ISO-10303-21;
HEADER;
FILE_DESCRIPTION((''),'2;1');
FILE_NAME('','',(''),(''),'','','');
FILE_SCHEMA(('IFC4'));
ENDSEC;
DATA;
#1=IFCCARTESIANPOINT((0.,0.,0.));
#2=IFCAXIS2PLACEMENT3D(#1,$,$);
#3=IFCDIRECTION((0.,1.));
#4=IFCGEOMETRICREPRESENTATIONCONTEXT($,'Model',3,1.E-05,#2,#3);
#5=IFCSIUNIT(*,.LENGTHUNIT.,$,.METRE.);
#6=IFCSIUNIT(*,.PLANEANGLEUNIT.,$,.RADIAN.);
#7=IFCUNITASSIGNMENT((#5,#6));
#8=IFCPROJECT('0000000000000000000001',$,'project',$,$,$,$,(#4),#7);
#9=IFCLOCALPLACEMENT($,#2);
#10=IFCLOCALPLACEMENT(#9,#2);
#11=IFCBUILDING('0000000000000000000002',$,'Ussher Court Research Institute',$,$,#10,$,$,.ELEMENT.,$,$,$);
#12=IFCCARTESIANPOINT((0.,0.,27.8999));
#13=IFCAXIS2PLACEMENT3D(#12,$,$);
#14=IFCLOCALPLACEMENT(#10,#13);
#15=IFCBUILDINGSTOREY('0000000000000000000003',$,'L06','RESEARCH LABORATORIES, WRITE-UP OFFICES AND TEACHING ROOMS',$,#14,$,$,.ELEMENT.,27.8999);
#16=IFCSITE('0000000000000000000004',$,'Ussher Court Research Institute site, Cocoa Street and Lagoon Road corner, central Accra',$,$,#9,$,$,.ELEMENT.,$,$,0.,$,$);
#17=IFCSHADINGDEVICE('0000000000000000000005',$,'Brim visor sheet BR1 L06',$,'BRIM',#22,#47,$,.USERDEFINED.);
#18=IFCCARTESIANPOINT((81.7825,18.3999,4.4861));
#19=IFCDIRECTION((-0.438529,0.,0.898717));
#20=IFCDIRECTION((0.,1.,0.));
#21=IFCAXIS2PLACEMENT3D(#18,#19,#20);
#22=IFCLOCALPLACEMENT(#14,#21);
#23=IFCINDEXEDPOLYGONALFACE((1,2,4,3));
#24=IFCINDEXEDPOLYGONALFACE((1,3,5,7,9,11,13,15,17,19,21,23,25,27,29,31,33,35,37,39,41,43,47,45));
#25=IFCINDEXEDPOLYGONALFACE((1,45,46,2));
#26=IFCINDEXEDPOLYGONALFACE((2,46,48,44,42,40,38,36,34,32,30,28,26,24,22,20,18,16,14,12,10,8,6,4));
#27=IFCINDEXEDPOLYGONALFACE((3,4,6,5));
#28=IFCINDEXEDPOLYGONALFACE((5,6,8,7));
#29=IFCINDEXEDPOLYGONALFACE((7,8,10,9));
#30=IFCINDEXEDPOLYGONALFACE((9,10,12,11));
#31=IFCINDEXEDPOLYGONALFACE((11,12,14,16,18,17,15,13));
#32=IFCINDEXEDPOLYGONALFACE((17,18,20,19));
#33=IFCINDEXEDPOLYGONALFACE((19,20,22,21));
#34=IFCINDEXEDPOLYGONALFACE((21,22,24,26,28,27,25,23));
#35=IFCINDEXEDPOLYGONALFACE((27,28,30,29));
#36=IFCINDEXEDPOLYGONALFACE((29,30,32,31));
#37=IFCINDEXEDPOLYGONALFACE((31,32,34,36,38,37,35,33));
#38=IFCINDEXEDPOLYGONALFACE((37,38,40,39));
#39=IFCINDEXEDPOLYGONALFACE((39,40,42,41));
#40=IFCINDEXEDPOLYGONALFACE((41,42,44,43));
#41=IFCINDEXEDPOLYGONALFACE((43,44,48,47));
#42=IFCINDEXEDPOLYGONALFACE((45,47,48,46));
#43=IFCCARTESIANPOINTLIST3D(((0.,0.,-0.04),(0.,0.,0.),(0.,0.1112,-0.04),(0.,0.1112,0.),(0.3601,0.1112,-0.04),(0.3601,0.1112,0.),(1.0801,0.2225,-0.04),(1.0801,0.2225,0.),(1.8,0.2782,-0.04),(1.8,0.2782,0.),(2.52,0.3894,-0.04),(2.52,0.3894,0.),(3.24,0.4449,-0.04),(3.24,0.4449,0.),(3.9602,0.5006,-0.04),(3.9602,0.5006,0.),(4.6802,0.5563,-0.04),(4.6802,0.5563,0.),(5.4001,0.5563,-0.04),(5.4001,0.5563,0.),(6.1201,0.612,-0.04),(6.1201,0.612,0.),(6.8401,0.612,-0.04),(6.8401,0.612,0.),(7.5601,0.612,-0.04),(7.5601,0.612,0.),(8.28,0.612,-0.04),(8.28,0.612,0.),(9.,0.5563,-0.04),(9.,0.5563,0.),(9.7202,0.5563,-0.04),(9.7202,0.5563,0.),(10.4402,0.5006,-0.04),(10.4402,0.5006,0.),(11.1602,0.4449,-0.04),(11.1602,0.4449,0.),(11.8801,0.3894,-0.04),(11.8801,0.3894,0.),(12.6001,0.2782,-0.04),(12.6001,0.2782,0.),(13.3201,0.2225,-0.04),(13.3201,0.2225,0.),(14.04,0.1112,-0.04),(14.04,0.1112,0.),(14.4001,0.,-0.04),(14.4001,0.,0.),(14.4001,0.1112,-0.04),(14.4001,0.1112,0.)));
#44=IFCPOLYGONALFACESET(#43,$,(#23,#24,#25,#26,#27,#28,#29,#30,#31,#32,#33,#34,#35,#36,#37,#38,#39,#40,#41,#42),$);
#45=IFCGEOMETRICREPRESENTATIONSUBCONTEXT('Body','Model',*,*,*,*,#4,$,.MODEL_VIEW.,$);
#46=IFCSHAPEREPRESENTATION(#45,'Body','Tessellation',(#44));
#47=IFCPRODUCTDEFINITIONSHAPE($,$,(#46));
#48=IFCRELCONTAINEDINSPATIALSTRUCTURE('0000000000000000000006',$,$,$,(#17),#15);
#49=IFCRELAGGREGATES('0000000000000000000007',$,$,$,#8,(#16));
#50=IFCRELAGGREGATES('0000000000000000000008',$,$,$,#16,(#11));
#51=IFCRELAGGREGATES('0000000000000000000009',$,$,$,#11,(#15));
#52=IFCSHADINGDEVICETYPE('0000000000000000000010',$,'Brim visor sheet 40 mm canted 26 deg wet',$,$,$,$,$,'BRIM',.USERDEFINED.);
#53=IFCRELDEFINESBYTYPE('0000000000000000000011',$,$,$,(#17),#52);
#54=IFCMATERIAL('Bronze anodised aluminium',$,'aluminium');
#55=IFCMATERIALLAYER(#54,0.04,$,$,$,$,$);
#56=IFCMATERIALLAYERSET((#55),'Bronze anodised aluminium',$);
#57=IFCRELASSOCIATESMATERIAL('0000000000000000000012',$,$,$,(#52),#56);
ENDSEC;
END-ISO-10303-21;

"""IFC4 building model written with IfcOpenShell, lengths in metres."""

from ifc_helpers import new_model, si_unit, direction, frame, origin, place, context, subcontext, project, spatial, polyline, outline, extrude, material, layer, layer_set, type_object, element, save


model = new_model("IFC4")

# Units and contexts
model_context = context("Model", 3, precision=1e-05, world=origin(), true_north=direction((0.0, 1.0)))
body_context = subcontext(model_context, "Body", "Model", "MODEL_VIEW")
ifc_project = project(units=[si_unit("LENGTHUNIT", "METRE"), si_unit("PLANEANGLEUNIT", "RADIAN")], contexts=[model_context])

# Site, building, storey
site_placement = place(None, origin())
site = spatial("IfcSite", under=ifc_project, at=site_placement, Name="Ussher Court Research Institute site, Cocoa Street and Lagoon Road corner, central Accra", CompositionType="ELEMENT", RefElevation=0.0)
building_placement = place(site_placement, origin())
building = spatial("IfcBuilding", under=site, at=building_placement, Name="Ussher Court Research Institute", CompositionType="ELEMENT")
storey_placement = place(building_placement, frame((0.0, 0.0, 27.8999)))
storey = spatial("IfcBuildingStorey", under=building, at=storey_placement, Name="L06", Description="RESEARCH LABORATORIES, WRITE-UP OFFICES AND TEACHING ROOMS", CompositionType="ELEMENT", Elevation=27.8999)

# Shading device
ifc_material_1 = material(Name="Bronze anodised aluminium", Category="aluminium")
ifc_layer_1 = layer(ifc_material_1, 0.04)
ifc_layer_set_1 = layer_set([ifc_layer_1], Name="Bronze anodised aluminium")
shading_device_type_1 = type_object("IfcShadingDeviceType", Name="Brim visor sheet 40 mm canted 26 deg wet", ElementType="BRIM", PredefinedType="USERDEFINED", material=ifc_layer_set_1)
shading_device_1_placement = place(storey_placement, frame((81.7825, 18.3999, 4.4861), z_axis=(-0.438529, 0.0, 0.898717), x_axis=(0.0, 1.0, 0.0)))
element("IfcShadingDevice", 1, at=shading_device_1_placement, inside=storey, type_object=shading_device_type_1, Name="Brim visor sheet BR1 L06", ObjectType="BRIM", PredefinedType="USERDEFINED", context=body_context, shape_type="SweptSolid", body=[
    extrude(outline(polyline([(0.0, 0.0), (14.4001, 0.0), (14.4001, 0.1112), (14.04, 0.1112), (13.3201, 0.2225), (12.6001, 0.2782), (11.8801, 0.3894), (11.1602, 0.4449), (10.4402, 0.5006), (9.7202, 0.5563), (9.0, 0.5563), (8.28, 0.612), (7.5601, 0.612), (6.8401, 0.612), (6.1201, 0.612), (5.4001, 0.5563), (4.6802, 0.5563), (3.9602, 0.5006), (3.24, 0.4449), (2.52, 0.3894), (1.8, 0.2782), (1.0801, 0.2225), (0.3601, 0.1112), (0.0, 0.1112), (0.0, 0.0)])), origin(), (0.0, 0.0, -1.0), 0.04),
])

save(model, "model.ifc")
